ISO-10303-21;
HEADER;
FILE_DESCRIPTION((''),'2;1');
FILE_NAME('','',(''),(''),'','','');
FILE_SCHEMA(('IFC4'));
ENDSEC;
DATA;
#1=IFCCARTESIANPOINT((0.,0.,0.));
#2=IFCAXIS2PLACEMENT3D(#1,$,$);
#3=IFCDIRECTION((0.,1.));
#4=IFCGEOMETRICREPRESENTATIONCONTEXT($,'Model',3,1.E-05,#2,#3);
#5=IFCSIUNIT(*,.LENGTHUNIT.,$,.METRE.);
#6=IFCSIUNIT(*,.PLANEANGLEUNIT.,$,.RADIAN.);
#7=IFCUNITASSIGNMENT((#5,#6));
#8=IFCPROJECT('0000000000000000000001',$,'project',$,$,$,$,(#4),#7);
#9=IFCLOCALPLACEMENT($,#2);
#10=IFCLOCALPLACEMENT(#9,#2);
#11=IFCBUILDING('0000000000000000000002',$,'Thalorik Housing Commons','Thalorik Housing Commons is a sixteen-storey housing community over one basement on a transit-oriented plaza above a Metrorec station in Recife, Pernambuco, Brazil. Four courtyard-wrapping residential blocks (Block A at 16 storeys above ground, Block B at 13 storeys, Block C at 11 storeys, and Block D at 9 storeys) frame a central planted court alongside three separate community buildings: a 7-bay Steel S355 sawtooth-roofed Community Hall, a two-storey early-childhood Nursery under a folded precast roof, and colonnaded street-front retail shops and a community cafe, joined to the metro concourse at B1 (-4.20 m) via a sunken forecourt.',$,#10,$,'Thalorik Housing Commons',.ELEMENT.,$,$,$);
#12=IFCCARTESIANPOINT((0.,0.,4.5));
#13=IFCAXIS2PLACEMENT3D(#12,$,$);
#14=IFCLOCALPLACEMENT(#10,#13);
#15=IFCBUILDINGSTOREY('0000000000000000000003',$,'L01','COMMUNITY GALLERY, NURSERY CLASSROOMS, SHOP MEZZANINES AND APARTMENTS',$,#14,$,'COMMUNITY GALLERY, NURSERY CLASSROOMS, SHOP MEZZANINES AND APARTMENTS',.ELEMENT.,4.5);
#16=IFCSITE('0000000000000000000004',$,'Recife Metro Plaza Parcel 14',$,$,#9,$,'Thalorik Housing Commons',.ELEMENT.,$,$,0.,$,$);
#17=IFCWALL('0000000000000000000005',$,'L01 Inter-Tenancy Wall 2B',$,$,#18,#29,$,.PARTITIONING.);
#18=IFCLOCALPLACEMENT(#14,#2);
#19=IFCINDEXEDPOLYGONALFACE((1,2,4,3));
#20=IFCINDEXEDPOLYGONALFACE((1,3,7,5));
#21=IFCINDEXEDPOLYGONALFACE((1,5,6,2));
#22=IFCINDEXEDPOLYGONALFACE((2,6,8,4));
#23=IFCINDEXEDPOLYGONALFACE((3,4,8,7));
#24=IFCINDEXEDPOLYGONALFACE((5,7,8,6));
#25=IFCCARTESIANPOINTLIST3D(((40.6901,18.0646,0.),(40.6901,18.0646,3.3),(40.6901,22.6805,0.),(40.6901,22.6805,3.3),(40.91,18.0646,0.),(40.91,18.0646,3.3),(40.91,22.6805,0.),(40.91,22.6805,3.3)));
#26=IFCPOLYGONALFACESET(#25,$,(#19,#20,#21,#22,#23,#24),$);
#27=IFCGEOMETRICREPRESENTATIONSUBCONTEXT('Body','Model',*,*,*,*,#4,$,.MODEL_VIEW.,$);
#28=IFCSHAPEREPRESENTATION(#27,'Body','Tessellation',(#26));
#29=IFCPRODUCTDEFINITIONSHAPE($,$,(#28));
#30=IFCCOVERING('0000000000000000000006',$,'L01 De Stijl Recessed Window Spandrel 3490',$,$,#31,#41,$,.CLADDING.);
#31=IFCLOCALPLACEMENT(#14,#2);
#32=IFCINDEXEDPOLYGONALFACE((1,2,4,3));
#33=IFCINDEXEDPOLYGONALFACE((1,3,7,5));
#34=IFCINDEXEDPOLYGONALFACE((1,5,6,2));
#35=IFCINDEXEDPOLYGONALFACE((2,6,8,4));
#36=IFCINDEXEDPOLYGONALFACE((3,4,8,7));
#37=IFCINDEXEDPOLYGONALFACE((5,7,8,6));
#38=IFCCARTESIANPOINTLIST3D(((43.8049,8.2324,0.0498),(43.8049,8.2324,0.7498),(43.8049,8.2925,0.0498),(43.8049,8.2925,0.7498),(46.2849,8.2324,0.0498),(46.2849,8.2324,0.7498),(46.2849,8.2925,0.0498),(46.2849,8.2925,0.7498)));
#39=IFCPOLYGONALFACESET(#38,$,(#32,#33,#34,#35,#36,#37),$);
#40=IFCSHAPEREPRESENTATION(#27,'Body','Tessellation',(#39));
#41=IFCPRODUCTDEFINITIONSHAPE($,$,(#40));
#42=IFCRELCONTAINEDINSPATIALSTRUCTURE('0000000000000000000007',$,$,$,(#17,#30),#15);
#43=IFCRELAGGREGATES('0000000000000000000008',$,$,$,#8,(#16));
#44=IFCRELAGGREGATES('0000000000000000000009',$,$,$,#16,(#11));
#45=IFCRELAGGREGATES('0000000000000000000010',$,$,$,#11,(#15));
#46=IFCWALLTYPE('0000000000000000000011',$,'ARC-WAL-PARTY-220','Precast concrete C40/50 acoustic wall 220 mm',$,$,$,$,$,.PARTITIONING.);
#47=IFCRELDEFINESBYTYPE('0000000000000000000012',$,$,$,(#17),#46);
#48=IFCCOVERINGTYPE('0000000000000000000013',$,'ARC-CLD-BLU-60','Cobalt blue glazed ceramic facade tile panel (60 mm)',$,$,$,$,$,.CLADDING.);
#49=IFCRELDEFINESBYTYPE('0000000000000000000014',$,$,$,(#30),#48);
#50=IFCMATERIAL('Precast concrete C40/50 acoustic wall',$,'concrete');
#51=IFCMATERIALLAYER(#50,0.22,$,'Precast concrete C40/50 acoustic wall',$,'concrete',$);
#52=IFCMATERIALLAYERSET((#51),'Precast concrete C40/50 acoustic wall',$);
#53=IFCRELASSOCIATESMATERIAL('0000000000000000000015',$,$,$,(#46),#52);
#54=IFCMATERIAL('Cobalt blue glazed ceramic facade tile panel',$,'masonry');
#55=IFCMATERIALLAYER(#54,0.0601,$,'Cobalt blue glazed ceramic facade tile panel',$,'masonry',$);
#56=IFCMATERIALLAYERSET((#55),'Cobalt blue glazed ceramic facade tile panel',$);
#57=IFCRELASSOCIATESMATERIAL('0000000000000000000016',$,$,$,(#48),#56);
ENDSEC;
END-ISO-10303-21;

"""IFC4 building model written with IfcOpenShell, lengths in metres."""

from ifc_helpers import new_model, si_unit, direction, frame, frame_2d, origin, origin_2d, place, context, subcontext, project, spatial, rectangle, extrude, material, layer, layer_set, type_object, element, save


model = new_model("IFC4")

# Units and contexts
model_context = context("Model", 3, precision=1e-05, world=origin(), true_north=direction((0.0, 1.0)))
body_context = subcontext(model_context, "Body", "Model", "MODEL_VIEW")
ifc_project = project(units=[si_unit("LENGTHUNIT", "METRE"), si_unit("PLANEANGLEUNIT", "RADIAN")], contexts=[model_context])

# Site, building, storey
site_placement = place(None, origin())
site = spatial("IfcSite", under=ifc_project, at=site_placement, Name="Recife Metro Plaza Parcel 14", LongName="Thalorik Housing Commons", CompositionType="ELEMENT", RefElevation=0.0)
building_placement = place(site_placement, origin())
building = spatial("IfcBuilding", under=site, at=building_placement, Name="Thalorik Housing Commons", Description="Thalorik Housing Commons is a sixteen-storey housing community over one basement on a transit-oriented plaza above a Metrorec station in Recife, Pernambuco, Brazil. Four courtyard-wrapping residential blocks (Block A at 16 storeys above ground, Block B at 13 storeys, Block C at 11 storeys, and Block D at 9 storeys) frame a central planted court alongside three separate community buildings: a 7-bay Steel S355 sawtooth-roofed Community Hall, a two-storey early-childhood Nursery under a folded precast roof, and colonnaded street-front retail shops and a community cafe, joined to the metro concourse at B1 (-4.20 m) via a sunken forecourt.", LongName="Thalorik Housing Commons", CompositionType="ELEMENT")
storey_placement = place(building_placement, frame((0.0, 0.0, 4.5)))
storey = spatial("IfcBuildingStorey", under=building, at=storey_placement, Name="L01", Description="COMMUNITY GALLERY, NURSERY CLASSROOMS, SHOP MEZZANINES AND APARTMENTS", LongName="COMMUNITY GALLERY, NURSERY CLASSROOMS, SHOP MEZZANINES AND APARTMENTS", CompositionType="ELEMENT", Elevation=4.5)

# Wall
ifc_material_1 = material(Name="Precast concrete C40/50 acoustic wall", Category="concrete")
ifc_layer_1 = layer(ifc_material_1, 0.22, Name="Precast concrete C40/50 acoustic wall", Category="concrete")
ifc_layer_set_1 = layer_set([ifc_layer_1], Name="Precast concrete C40/50 acoustic wall")
wall_type_1 = type_object("IfcWallType", Name="ARC-WAL-PARTY-220", Description="Precast concrete C40/50 acoustic wall 220 mm", PredefinedType="PARTITIONING", material=ifc_layer_set_1)
wall_1_placement = place(storey_placement, frame((40.8, 18.0645, 0.0), z_axis=(0.0, 0.0, 1.0), x_axis=(0.0, 1.0, 0.0)))
element("IfcWall", 1, at=wall_1_placement, inside=storey, type_object=wall_type_1, Name="L01 Inter-Tenancy Wall 2B", PredefinedType="PARTITIONING", context=body_context, shape_type="SweptSolid", body=[
    extrude(rectangle(XDim=4.616, YDim=0.22, at=frame_2d((2.3081, 0.0))), origin(), (0.0, 0.0, 1.0), 3.3),
])

# Covering
ifc_material_2 = material(Name="Cobalt blue glazed ceramic facade tile panel", Category="masonry")
ifc_layer_2 = layer(ifc_material_2, 0.0601, Name="Cobalt blue glazed ceramic facade tile panel", Category="masonry")
ifc_layer_set_2 = layer_set([ifc_layer_2], Name="Cobalt blue glazed ceramic facade tile panel")
covering_type_1 = type_object("IfcCoveringType", Name="ARC-CLD-BLU-60", Description="Cobalt blue glazed ceramic facade tile panel (60 mm)", PredefinedType="CLADDING", material=ifc_layer_set_2)
covering_1_placement = place(storey_placement, frame((45.0449, 8.2625, 0.0498), z_axis=(0.0, 0.0, 1.0), x_axis=(1.0, 0.0, 0.0)))
element("IfcCovering", 2, at=covering_1_placement, inside=storey, type_object=covering_type_1, Name="L01 De Stijl Recessed Window Spandrel 3490", PredefinedType="CLADDING", context=body_context, shape_type="SweptSolid", body=[
    extrude(rectangle(XDim=2.48, YDim=0.0601, at=origin_2d()), origin(), (0.0, 0.0, 1.0), 0.7),
])

save(model, "model.ifc")
